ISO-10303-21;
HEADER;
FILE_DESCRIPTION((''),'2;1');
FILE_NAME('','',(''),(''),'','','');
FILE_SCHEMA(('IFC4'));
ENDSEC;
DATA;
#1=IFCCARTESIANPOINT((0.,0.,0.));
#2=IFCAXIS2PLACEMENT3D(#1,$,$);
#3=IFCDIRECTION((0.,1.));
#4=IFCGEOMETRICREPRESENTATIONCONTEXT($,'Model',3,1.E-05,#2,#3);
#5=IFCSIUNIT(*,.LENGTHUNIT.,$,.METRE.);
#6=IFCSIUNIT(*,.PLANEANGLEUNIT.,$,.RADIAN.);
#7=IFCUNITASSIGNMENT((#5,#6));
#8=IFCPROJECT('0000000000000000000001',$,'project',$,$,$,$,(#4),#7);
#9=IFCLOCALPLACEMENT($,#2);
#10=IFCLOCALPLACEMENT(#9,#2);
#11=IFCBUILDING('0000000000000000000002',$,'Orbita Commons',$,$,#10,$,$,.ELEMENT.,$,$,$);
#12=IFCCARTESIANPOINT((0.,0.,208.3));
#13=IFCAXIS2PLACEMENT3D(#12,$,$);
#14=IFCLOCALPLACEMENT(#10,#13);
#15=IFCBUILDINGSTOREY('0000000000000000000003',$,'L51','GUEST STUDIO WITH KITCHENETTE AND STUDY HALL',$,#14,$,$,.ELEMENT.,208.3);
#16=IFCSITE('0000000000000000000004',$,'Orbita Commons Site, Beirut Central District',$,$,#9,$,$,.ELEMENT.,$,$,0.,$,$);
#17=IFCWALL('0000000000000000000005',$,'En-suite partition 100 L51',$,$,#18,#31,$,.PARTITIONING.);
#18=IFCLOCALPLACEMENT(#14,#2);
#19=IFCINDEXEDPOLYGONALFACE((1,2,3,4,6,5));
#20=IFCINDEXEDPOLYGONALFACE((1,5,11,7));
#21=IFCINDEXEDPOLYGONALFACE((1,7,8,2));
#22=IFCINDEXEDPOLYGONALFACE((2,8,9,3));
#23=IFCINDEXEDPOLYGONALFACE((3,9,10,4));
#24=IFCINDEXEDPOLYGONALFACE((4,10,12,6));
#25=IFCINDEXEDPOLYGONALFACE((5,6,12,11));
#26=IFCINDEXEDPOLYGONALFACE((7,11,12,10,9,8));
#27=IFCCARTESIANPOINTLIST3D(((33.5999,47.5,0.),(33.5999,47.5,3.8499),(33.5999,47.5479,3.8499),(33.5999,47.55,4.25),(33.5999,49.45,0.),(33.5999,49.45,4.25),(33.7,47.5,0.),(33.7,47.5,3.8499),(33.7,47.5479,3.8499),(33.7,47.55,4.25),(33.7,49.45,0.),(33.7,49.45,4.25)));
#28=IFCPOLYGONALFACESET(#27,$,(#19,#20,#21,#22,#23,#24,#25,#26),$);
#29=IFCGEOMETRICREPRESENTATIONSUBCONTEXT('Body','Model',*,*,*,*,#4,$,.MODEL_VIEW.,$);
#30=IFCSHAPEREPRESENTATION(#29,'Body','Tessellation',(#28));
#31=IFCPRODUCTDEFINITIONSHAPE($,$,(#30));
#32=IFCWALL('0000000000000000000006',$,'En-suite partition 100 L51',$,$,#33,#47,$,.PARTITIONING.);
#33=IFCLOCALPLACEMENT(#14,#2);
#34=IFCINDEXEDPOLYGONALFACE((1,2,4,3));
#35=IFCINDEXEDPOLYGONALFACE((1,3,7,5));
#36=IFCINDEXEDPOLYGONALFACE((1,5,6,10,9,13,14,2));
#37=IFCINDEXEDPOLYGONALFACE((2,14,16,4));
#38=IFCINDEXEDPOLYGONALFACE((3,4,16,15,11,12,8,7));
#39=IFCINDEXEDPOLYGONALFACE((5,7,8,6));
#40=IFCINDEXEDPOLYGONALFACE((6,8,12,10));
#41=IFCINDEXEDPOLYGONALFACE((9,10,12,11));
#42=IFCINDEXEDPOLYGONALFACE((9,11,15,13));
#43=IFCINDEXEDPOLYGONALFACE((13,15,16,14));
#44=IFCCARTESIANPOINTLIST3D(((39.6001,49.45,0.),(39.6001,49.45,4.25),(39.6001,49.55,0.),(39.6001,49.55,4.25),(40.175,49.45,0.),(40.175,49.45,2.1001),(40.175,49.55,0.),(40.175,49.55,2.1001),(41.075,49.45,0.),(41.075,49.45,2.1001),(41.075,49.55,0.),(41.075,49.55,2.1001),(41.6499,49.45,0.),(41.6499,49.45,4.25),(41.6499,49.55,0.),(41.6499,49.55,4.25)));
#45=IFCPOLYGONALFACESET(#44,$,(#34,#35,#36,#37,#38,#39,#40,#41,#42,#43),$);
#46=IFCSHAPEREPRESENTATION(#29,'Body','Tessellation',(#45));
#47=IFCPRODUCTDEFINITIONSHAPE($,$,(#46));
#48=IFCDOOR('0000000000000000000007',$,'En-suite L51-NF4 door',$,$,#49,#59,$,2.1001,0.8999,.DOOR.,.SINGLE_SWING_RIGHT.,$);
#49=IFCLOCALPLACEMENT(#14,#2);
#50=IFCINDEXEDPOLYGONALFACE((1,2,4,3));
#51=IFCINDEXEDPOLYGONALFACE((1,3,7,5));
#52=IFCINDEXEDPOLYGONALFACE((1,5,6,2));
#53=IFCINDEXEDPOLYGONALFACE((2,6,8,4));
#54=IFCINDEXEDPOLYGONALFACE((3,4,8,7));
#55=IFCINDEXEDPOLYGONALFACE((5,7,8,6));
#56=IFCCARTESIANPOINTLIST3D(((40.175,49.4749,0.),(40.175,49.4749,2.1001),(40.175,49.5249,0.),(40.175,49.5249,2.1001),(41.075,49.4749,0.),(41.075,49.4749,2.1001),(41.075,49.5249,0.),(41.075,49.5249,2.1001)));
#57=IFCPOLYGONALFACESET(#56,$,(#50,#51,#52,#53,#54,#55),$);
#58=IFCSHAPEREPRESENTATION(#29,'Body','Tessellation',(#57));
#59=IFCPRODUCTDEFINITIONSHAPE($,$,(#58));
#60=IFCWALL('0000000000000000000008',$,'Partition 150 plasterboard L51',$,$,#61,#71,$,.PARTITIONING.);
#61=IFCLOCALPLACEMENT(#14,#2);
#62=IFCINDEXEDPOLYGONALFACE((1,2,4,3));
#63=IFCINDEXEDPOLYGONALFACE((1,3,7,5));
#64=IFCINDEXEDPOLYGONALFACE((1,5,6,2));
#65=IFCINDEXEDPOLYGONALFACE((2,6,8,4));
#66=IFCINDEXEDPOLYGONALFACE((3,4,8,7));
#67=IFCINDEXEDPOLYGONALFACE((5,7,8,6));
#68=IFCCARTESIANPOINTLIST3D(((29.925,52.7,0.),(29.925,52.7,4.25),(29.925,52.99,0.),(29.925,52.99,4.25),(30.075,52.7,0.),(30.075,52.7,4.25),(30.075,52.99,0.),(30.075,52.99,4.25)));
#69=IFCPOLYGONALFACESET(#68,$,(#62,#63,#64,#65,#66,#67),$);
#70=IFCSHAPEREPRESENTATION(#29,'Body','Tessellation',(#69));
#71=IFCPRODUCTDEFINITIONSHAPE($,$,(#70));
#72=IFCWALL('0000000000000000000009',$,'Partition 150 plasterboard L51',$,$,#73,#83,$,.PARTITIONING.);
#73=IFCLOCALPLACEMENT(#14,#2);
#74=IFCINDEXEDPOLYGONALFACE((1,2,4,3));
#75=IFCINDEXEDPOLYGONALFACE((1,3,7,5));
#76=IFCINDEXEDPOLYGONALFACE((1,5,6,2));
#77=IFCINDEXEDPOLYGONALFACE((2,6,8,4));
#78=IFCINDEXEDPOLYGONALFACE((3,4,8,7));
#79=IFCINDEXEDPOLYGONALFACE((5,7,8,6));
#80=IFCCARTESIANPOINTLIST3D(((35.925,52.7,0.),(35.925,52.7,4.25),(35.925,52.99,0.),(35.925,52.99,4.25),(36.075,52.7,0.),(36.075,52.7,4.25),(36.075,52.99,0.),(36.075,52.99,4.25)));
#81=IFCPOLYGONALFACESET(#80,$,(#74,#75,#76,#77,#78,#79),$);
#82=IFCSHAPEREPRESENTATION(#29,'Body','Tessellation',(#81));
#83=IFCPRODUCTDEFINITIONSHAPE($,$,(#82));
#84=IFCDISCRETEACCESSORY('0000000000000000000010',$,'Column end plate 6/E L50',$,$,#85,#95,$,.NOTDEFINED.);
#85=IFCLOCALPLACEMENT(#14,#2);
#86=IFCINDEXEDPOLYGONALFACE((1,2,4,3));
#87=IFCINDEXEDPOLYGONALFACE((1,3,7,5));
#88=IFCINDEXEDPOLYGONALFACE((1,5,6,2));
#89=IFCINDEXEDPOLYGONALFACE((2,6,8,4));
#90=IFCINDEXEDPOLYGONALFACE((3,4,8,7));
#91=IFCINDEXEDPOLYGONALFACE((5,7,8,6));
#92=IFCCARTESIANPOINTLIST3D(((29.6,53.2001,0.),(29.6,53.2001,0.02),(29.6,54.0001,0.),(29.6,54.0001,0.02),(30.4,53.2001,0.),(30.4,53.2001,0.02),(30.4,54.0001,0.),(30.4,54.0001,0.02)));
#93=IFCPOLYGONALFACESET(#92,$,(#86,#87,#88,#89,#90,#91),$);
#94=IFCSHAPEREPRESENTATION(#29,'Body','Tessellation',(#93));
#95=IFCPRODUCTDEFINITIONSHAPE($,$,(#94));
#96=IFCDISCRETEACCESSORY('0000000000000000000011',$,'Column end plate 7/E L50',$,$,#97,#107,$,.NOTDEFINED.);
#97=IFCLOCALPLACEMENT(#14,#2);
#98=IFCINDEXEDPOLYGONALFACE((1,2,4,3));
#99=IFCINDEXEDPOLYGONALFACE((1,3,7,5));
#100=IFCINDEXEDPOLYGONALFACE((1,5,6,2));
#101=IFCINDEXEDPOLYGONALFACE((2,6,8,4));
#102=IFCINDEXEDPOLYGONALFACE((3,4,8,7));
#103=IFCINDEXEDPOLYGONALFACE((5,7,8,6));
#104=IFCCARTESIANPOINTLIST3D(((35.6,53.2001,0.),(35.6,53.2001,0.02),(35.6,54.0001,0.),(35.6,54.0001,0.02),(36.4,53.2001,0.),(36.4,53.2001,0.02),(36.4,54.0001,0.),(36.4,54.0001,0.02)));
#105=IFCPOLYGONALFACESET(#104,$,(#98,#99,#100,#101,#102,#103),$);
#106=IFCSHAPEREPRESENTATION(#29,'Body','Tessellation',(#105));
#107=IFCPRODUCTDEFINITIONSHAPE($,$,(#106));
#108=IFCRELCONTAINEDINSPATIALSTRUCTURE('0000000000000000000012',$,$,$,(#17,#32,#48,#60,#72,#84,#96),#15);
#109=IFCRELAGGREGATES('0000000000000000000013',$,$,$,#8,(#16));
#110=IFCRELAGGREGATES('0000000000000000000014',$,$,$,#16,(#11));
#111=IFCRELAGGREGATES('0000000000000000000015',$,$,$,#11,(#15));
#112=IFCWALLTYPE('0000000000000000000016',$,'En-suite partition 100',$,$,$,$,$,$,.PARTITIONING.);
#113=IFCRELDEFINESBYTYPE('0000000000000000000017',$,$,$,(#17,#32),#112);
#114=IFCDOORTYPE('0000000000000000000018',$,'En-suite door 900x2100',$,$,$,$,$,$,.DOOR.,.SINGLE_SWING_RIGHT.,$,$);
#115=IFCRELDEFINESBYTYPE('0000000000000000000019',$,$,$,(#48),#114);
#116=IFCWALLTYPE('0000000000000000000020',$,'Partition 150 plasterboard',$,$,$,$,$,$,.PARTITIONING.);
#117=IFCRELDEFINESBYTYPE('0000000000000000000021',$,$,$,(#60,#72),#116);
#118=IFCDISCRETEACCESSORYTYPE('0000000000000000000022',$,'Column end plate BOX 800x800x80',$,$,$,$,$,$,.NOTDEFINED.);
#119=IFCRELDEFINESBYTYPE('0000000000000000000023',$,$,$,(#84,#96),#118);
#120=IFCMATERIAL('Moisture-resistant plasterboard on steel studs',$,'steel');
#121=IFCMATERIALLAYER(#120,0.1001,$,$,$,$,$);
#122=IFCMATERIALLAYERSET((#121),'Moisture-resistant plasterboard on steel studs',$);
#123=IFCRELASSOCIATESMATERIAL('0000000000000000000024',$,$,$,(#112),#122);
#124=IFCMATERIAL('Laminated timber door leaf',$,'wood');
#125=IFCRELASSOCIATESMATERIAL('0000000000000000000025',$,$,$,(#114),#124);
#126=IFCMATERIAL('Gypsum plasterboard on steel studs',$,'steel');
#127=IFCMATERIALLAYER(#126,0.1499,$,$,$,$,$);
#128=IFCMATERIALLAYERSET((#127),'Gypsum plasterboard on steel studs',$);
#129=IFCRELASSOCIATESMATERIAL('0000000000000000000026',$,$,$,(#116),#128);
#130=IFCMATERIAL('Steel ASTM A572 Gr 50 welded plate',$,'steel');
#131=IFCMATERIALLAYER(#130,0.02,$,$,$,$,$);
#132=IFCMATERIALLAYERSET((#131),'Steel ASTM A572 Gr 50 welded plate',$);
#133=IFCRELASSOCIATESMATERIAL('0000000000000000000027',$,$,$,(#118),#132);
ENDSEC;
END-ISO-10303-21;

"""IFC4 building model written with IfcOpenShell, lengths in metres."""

from ifc_helpers import new_model, si_unit, direction, frame, frame_2d, origin, origin_2d, place, context, subcontext, project, spatial, polyline, rectangle, outline, extrude, material, layer, layer_set, type_object, element, fill, save


model = new_model("IFC4")

# Units and contexts
model_context = context("Model", 3, precision=1e-05, world=origin(), true_north=direction((0.0, 1.0)))
body_context = subcontext(model_context, "Body", "Model", "MODEL_VIEW")
ifc_project = project(units=[si_unit("LENGTHUNIT", "METRE"), si_unit("PLANEANGLEUNIT", "RADIAN")], contexts=[model_context])

# Site, building, storey
site_placement = place(None, origin())
site = spatial("IfcSite", under=ifc_project, at=site_placement, Name="Orbita Commons Site, Beirut Central District", CompositionType="ELEMENT", RefElevation=0.0)
building_placement = place(site_placement, origin())
building = spatial("IfcBuilding", under=site, at=building_placement, Name="Orbita Commons", CompositionType="ELEMENT")
storey_placement = place(building_placement, frame((0.0, 0.0, 208.3)))
storey = spatial("IfcBuildingStorey", under=building, at=storey_placement, Name="L51", Description="GUEST STUDIO WITH KITCHENETTE AND STUDY HALL", CompositionType="ELEMENT", Elevation=208.3)

# Shared definitions
ifc_material_1 = material(Name="Moisture-resistant plasterboard on steel studs", Category="steel")
ifc_layer_1 = layer(ifc_material_1, 0.1001)
ifc_layer_set_1 = layer_set([ifc_layer_1], Name="Moisture-resistant plasterboard on steel studs")
wall_type_1 = type_object("IfcWallType", Name="En-suite partition 100", PredefinedType="PARTITIONING", material=ifc_layer_set_1)
ifc_material_2 = material(Name="Laminated timber door leaf", Category="wood")
door_type_1 = type_object("IfcDoorType", Name="En-suite door 900x2100", OperationType="SINGLE_SWING_RIGHT", PredefinedType="DOOR", material=ifc_material_2)

# Wall
wall_1_placement = place(storey_placement, frame((33.6499, 49.45, 0.0), z_axis=(0.0, 0.0, 1.0), x_axis=(0.0, -1.0, 0.0)))
element("IfcWall", 1, at=wall_1_placement, inside=storey, type_object=wall_type_1, Name="En-suite partition 100 L51", PredefinedType="PARTITIONING", context=body_context, shape_type="SweptSolid", body=[
    extrude(outline(polyline([(0.0, 0.0), (1.95, 0.0), (1.95, 3.8499), (1.9021, 3.8499), (1.8999, 4.25), (0.0, 4.25), (0.0, 0.0)])), frame((0.0, 0.05, 0.0), z_axis=(0.0, -1.0, 0.0), x_axis=(1.0, 0.0, 0.0)), (0.0, 0.0, 1.0), 0.1001),
])

# Wall, opening, door
wall_2_placement = place(storey_placement, frame((39.6001, 49.5, 0.0), z_axis=(0.0, 0.0, 1.0), x_axis=(1.0, 0.0, 0.0)))
wall_2 = element("IfcWall", 2, at=wall_2_placement, inside=storey, type_object=wall_type_1, Name="En-suite partition 100 L51", PredefinedType="PARTITIONING", context=body_context, shape_type="SweptSolid", body=[
    extrude(rectangle(XDim=2.0498, YDim=0.1001, at=frame_2d((1.0249, 0.0))), origin(), (0.0, 0.0, 1.0), 4.25),
])
opening_1_placement = place(wall_2_placement, frame((0.575, 0.0, 0.0)))
opening_1 = element("IfcOpeningElement", 3, at=opening_1_placement, cuts=wall_2, PredefinedType="OPENING", context=body_context, shape_type="SweptSolid", body=[
    extrude(rectangle(XDim=0.8999, YDim=2.1001, at=frame_2d((0.45, 1.05))), frame((0.0, 0.0601, 0.0), z_axis=(0.0, -1.0, 0.0), x_axis=(1.0, 0.0, 0.0)), (0.0, 0.0, 1.0), 0.1201),
])
door_1_placement = place(opening_1_placement, origin())
door_1 = element("IfcDoor", 4, at=door_1_placement, inside=storey, type_object=door_type_1, Name="En-suite L51-NF4 door", OperationType="SINGLE_SWING_RIGHT", OverallHeight=2.1001, OverallWidth=0.8999, PredefinedType="DOOR", context=body_context, shape_type="SweptSolid", body=[
    extrude(rectangle(XDim=0.8999, YDim=2.1001, at=frame_2d((0.45, 1.05))), frame((0.0, 0.0249, 0.0), z_axis=(0.0, -1.0, 0.0), x_axis=(1.0, 0.0, 0.0)), (0.0, 0.0, 1.0), 0.05),
])
fill(opening_1, door_1)

# Walls
ifc_material_3 = material(Name="Gypsum plasterboard on steel studs", Category="steel")
ifc_layer_2 = layer(ifc_material_3, 0.1499)
ifc_layer_set_2 = layer_set([ifc_layer_2], Name="Gypsum plasterboard on steel studs")
wall_type_2 = type_object("IfcWallType", Name="Partition 150 plasterboard", PredefinedType="PARTITIONING", material=ifc_layer_set_2)
for number, where, z_axis, x_axis, name in (
    (5, (30.0, 52.7, 0.0), (0.0, 0.0, 1.0), (0.0, 1.0, 0.0), "Partition 150 plasterboard L51"),
    (6, (36.0, 52.7, 0.0), (0.0, 0.0, 1.0), (0.0, 1.0, 0.0), "Partition 150 plasterboard L51"),
):
    element("IfcWall", number, at=place(storey_placement, frame(where, z_axis=z_axis, x_axis=x_axis)), inside=storey, type_object=wall_type_2, Name=name, PredefinedType="PARTITIONING", context=body_context, shape_type="SweptSolid", body=[
        extrude(rectangle(XDim=0.29, YDim=0.1499, at=frame_2d((0.145, 0.0))), origin(), (0.0, 0.0, 1.0), 4.25),
    ])

# Discrete accessories
ifc_material_4 = material(Name="Steel ASTM A572 Gr 50 welded plate", Category="steel")
ifc_layer_3 = layer(ifc_material_4, 0.02)
ifc_layer_set_3 = layer_set([ifc_layer_3], Name="Steel ASTM A572 Gr 50 welded plate")
discrete_accessory_type = type_object("IfcDiscreteAccessoryType", Name="Column end plate BOX 800x800x80", PredefinedType="NOTDEFINED", material=ifc_layer_set_3)
for number, where, z_axis, x_axis, name in (
    (7, (30.0, 53.6001, 0.0), (0.0, 0.0, 1.0), (1.0, 0.0, 0.0), "Column end plate 6/E L50"),
    (8, (36.0, 53.6001, 0.0), (0.0, 0.0, 1.0), (1.0, 0.0, 0.0), "Column end plate 7/E L50"),
):
    element("IfcDiscreteAccessory", number, at=place(storey_placement, frame(where, z_axis=z_axis, x_axis=x_axis)), inside=storey, type_object=discrete_accessory_type, Name=name, PredefinedType="NOTDEFINED", context=body_context, shape_type="SweptSolid", body=[
        extrude(rectangle(XDim=0.8, YDim=0.8, at=origin_2d()), origin(), (0.0, 0.0, 1.0), 0.02),
    ])

save(model, "model.ifc")
